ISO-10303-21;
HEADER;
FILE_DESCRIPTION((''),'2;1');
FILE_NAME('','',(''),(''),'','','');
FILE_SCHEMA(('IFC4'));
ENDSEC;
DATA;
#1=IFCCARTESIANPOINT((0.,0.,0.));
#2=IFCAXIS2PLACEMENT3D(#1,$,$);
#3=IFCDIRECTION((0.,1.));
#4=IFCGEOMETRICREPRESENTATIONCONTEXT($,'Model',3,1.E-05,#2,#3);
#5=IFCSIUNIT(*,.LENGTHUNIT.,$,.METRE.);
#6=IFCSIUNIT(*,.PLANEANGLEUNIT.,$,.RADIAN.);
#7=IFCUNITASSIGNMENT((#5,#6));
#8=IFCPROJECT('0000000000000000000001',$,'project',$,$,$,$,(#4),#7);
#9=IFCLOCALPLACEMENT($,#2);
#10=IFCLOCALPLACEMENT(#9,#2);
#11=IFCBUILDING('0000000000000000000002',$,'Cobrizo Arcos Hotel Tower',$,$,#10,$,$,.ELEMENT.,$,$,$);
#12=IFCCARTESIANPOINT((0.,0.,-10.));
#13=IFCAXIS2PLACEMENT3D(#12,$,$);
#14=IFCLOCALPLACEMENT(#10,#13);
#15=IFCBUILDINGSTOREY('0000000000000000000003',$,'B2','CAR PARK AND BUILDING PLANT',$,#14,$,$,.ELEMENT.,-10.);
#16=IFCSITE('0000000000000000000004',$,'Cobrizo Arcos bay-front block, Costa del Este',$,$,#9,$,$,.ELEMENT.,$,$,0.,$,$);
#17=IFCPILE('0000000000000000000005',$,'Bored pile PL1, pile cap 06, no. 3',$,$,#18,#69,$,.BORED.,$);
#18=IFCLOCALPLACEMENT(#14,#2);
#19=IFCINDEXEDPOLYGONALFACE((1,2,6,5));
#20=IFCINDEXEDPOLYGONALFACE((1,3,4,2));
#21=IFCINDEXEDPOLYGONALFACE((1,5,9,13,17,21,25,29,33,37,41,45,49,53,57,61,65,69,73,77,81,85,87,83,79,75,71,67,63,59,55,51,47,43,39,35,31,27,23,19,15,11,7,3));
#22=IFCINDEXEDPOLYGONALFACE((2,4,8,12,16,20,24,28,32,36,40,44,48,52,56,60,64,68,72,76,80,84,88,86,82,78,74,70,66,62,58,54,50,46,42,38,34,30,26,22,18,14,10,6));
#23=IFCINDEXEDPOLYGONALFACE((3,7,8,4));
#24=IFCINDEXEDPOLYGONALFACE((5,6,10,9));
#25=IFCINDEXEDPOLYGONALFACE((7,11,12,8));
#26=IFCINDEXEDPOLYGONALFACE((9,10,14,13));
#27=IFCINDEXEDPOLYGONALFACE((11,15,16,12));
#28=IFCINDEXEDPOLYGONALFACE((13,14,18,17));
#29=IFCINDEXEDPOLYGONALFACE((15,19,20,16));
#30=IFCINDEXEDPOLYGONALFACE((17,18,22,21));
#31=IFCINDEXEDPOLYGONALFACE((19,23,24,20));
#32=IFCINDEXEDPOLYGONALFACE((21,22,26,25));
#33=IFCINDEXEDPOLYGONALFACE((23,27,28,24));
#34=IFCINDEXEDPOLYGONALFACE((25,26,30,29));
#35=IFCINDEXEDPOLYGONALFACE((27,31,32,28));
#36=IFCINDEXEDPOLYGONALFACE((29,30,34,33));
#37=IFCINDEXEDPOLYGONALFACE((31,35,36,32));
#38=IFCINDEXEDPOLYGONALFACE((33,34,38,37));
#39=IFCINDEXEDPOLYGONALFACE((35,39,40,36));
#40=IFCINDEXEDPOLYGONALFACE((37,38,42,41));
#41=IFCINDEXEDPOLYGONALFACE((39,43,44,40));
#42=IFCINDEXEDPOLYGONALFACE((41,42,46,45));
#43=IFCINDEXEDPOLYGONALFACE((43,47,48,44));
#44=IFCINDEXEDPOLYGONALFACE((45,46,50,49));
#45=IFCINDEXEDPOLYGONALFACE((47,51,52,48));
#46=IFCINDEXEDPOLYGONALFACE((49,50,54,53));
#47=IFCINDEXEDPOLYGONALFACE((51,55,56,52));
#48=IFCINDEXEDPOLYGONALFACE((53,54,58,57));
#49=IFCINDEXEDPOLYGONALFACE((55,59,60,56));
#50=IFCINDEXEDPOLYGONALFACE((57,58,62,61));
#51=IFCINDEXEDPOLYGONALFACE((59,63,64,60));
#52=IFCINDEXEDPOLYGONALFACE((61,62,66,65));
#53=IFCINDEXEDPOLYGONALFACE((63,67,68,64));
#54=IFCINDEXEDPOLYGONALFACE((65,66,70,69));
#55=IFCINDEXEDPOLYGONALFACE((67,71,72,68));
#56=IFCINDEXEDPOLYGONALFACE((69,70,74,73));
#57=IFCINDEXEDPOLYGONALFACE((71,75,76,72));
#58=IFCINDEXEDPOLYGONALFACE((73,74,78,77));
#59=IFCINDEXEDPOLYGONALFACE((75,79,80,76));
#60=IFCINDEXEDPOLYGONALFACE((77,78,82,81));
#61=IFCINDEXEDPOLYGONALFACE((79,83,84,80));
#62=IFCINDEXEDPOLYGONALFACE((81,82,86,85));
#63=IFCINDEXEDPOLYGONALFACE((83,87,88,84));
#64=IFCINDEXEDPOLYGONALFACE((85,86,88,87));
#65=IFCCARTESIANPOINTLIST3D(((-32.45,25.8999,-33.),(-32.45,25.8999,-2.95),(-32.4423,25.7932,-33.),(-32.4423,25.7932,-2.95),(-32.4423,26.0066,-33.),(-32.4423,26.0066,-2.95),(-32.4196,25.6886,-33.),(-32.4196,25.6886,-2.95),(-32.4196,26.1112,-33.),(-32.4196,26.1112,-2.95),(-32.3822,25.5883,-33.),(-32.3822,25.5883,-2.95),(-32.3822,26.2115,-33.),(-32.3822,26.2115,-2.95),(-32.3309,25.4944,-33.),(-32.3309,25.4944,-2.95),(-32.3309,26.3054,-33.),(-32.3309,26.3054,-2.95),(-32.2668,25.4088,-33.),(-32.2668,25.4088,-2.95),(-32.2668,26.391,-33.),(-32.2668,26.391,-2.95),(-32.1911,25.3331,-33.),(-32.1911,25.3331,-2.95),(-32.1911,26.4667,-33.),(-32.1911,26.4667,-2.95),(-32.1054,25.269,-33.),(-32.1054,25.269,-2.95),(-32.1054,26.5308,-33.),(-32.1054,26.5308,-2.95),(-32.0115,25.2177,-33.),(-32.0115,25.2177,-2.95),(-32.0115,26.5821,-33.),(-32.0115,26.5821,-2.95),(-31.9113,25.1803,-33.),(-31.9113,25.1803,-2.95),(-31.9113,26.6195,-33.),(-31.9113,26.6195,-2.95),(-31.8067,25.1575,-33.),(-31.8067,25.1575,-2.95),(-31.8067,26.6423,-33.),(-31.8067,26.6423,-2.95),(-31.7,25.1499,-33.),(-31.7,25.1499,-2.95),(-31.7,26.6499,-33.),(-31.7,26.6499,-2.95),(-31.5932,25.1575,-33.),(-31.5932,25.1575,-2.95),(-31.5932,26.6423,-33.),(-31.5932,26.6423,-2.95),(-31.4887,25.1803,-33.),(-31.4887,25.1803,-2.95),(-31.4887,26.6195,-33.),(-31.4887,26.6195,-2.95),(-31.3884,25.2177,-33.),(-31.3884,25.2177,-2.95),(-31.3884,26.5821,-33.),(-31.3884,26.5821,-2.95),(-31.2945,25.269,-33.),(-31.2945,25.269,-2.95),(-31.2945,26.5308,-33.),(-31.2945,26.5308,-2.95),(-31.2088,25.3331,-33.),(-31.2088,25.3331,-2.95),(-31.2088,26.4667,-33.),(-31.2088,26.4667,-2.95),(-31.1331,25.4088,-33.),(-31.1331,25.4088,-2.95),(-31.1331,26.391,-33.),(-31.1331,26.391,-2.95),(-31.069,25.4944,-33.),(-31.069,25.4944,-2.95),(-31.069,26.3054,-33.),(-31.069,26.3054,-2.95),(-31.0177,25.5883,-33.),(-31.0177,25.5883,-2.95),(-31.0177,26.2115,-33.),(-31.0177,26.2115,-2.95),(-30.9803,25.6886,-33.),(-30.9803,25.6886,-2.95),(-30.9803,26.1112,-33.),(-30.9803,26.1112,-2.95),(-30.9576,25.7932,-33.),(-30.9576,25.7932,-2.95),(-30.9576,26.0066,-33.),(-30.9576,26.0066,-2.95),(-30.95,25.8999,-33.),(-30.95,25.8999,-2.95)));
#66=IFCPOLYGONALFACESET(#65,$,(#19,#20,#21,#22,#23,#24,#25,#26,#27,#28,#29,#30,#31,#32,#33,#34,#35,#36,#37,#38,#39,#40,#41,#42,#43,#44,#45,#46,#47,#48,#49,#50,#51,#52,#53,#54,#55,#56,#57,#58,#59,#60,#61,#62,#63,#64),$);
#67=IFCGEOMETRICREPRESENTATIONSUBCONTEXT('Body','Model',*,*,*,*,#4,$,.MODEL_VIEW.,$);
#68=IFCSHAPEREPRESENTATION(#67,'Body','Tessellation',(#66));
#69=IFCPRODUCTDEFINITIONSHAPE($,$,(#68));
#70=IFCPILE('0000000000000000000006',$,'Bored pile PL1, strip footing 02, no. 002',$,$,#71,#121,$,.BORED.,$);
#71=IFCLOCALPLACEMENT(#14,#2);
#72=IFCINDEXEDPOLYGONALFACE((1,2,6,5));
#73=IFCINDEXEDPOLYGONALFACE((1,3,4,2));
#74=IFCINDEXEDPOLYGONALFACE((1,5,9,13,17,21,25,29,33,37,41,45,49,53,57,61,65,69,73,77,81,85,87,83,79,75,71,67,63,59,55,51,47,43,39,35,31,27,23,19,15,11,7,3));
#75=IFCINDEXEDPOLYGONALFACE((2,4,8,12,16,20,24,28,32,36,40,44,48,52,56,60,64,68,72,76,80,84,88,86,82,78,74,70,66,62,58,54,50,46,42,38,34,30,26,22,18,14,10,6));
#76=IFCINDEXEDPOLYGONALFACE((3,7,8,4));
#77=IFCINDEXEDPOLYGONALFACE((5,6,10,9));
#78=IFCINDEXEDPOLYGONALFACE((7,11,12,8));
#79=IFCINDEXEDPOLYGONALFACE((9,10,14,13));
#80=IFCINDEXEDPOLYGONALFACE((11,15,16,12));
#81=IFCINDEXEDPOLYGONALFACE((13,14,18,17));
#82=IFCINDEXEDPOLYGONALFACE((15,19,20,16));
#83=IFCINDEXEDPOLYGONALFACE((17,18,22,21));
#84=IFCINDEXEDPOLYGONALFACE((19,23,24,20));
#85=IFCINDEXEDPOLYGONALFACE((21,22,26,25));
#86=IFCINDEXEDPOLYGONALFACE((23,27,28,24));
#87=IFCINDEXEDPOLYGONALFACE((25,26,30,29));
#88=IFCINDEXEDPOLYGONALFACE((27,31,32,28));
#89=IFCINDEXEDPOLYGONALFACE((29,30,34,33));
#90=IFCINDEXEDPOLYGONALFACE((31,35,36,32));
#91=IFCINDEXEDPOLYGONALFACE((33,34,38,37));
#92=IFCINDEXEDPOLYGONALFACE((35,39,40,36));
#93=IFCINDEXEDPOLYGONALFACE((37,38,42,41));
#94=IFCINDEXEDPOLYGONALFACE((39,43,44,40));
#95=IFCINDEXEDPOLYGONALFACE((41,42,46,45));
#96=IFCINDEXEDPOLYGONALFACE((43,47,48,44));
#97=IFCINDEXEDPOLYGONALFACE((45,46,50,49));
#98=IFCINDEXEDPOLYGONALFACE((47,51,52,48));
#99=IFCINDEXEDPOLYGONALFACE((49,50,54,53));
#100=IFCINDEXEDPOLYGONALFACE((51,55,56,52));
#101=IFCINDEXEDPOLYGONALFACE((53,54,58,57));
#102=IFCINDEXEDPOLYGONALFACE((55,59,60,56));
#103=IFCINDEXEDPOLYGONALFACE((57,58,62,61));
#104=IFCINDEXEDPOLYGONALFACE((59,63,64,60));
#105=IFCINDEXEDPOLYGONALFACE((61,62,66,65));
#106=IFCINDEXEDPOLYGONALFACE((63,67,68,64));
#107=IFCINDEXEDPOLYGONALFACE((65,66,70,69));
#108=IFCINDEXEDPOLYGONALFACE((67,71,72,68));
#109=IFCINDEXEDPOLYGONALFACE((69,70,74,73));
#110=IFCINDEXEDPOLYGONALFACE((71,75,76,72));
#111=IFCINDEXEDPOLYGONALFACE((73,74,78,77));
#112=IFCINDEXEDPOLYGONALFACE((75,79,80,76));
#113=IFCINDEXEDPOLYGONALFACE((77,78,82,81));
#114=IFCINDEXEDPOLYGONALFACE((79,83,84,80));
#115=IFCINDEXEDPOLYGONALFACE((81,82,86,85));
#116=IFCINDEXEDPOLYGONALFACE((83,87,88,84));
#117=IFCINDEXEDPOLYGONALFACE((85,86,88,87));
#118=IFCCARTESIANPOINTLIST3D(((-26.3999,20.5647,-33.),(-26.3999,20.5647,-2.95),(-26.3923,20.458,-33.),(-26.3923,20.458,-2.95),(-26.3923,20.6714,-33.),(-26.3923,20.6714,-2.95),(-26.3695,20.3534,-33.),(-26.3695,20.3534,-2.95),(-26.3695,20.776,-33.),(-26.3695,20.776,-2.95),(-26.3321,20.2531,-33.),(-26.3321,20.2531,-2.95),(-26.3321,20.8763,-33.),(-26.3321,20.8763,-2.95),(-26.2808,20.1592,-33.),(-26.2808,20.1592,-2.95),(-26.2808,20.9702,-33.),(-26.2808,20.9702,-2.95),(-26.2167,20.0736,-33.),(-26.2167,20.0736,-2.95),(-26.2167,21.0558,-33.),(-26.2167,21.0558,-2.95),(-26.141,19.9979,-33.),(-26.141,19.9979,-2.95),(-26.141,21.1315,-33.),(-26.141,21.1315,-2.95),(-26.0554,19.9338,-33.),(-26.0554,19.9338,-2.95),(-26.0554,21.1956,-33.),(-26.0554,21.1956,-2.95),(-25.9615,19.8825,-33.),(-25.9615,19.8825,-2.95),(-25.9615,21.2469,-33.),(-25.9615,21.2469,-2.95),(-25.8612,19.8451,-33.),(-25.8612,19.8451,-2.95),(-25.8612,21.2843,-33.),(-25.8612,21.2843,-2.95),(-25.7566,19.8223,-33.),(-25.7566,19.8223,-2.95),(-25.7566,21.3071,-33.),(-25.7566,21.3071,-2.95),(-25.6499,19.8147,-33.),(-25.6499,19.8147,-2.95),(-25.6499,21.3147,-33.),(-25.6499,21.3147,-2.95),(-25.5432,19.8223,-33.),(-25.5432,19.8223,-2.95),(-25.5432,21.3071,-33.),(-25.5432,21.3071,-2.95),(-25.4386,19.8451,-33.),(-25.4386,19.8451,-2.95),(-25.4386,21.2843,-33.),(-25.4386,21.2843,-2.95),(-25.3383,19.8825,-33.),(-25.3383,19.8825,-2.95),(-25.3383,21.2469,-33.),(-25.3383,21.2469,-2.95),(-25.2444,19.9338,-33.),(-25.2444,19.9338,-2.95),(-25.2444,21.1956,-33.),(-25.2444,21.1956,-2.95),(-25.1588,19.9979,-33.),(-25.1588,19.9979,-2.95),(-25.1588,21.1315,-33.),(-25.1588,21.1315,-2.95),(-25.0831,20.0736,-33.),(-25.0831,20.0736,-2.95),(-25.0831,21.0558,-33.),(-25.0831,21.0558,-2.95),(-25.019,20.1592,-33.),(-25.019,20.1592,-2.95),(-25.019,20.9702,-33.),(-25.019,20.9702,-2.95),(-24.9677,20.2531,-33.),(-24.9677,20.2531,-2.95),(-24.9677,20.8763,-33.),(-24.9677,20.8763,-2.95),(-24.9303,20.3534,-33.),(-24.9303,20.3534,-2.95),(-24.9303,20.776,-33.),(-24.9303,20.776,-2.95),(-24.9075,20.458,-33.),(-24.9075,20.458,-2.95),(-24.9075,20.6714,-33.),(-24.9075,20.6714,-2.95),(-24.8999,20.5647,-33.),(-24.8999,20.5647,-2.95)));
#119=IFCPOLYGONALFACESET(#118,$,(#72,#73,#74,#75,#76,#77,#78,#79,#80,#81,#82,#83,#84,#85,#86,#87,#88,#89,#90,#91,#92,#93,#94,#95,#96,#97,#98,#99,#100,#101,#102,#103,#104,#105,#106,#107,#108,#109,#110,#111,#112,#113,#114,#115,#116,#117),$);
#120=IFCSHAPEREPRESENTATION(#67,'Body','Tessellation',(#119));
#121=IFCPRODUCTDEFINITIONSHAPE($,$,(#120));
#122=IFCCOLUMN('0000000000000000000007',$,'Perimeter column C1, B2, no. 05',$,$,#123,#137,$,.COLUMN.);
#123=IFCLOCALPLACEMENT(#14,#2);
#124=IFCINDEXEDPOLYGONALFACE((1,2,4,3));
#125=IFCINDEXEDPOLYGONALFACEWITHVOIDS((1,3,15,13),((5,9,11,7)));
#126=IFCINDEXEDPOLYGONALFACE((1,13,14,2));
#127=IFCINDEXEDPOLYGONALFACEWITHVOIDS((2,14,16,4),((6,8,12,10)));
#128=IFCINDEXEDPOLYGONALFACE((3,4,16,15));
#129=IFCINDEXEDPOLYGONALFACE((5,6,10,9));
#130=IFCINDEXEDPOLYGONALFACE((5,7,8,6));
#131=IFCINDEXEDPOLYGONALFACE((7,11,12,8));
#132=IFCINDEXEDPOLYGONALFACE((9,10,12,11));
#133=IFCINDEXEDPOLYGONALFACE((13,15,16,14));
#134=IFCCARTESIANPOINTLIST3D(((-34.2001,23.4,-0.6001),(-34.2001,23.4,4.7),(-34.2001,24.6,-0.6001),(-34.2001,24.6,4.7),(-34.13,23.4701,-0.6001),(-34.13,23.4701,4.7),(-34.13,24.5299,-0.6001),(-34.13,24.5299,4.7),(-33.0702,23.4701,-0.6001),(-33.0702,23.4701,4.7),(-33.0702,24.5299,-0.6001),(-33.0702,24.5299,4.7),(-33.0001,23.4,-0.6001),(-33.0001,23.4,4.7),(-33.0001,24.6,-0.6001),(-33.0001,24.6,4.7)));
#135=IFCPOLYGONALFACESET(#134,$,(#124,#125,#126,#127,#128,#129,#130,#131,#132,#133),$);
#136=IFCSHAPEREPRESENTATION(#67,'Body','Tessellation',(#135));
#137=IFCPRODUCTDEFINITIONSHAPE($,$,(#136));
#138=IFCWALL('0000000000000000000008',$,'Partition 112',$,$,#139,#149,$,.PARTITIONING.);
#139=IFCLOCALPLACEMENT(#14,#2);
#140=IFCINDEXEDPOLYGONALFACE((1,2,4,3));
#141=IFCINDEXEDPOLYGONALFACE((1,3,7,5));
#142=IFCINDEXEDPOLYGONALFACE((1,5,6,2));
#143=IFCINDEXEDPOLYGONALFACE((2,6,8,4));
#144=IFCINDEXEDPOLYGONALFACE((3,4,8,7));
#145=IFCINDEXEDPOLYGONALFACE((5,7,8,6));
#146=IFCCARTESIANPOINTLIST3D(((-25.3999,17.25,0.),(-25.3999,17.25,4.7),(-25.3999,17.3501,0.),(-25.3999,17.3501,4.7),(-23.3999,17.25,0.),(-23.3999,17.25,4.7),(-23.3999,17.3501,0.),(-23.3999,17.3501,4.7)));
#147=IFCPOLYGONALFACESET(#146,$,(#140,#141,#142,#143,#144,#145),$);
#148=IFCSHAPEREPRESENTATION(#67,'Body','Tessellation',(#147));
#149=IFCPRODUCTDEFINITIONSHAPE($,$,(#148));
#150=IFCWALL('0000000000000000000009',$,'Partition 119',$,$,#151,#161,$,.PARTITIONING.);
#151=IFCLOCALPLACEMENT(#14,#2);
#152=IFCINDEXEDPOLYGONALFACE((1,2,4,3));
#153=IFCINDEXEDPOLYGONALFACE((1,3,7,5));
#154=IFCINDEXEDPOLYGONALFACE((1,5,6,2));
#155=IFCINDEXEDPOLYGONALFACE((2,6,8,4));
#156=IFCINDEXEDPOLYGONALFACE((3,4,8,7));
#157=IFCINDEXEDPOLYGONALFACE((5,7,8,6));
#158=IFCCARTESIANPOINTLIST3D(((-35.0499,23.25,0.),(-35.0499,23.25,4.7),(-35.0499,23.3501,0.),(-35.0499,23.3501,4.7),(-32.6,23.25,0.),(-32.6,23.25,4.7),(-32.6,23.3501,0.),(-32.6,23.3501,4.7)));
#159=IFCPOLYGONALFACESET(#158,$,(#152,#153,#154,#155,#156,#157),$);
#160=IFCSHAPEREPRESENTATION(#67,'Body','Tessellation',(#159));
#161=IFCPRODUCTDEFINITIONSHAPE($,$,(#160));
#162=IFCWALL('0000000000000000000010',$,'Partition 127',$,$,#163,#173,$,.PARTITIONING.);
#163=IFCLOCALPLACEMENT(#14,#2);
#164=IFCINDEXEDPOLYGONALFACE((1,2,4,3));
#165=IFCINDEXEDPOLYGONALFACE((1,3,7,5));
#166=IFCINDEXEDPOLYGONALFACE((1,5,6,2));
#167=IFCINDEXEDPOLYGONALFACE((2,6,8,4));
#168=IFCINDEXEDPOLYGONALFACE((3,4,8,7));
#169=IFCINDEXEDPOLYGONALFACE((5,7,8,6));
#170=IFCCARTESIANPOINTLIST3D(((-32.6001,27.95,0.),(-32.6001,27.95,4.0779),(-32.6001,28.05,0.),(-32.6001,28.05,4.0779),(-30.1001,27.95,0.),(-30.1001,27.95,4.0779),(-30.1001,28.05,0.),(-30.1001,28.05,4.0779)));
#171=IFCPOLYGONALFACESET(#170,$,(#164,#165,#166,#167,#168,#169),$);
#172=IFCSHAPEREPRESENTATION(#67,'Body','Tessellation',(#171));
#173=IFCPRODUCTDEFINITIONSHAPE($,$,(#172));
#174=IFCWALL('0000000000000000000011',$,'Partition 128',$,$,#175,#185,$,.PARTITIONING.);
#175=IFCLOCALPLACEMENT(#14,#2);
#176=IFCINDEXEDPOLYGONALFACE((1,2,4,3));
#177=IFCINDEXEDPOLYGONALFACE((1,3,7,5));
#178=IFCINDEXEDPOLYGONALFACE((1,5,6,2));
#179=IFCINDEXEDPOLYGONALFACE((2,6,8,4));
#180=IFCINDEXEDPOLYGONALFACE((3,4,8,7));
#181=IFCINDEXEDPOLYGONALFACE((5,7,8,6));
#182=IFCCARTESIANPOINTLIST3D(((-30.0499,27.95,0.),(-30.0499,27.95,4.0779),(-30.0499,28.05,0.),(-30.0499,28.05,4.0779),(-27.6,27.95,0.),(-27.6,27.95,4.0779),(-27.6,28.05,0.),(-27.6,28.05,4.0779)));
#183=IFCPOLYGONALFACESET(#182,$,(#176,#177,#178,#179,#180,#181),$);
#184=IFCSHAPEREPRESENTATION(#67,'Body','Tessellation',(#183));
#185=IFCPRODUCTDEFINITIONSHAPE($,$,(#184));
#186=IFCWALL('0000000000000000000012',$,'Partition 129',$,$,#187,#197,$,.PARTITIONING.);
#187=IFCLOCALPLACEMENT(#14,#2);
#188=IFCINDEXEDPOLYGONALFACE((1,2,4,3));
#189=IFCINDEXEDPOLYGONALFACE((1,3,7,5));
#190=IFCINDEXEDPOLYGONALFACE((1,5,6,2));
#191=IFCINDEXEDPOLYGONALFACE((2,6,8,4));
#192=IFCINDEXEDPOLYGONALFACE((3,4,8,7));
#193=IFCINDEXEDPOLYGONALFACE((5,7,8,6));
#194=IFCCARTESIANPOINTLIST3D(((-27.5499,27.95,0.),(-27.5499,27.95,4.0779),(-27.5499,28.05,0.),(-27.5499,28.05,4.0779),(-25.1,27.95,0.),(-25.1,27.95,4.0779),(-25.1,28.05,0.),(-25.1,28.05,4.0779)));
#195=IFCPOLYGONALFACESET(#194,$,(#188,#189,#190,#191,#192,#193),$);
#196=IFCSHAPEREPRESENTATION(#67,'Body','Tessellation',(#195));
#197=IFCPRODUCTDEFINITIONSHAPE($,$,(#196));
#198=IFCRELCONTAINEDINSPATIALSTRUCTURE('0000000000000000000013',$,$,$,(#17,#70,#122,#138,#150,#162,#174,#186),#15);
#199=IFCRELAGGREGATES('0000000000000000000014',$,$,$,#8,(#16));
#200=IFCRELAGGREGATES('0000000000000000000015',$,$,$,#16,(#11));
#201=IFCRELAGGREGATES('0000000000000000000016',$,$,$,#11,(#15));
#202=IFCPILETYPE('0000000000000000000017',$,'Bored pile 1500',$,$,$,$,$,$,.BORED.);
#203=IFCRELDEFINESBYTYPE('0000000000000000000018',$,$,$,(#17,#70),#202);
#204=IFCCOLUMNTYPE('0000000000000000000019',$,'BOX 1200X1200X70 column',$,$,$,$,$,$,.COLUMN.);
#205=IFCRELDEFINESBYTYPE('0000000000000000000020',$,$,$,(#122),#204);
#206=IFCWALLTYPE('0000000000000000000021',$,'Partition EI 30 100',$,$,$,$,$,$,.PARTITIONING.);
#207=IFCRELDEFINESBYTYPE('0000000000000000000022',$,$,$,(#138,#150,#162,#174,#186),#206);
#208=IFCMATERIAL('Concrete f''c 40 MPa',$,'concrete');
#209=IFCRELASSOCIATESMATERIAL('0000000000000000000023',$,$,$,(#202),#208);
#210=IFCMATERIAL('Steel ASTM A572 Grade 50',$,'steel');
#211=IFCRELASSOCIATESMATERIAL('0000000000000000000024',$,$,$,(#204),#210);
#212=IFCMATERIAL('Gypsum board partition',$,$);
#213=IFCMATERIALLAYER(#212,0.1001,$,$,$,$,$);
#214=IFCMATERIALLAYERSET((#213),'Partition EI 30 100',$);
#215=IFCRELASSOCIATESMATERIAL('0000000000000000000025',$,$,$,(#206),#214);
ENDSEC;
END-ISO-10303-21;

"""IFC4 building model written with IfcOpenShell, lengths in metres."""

from ifc_helpers import new_model, si_unit, direction, frame, frame_2d, origin, origin_2d, place, context, subcontext, project, spatial, rectangle, hollow_rectangle, circle, extrude, material, layer, layer_set, material_profile, profile_set, type_object, element, save


model = new_model("IFC4")

# Units and contexts
model_context = context("Model", 3, precision=1e-05, world=origin(), true_north=direction((0.0, 1.0)))
body_context = subcontext(model_context, "Body", "Model", "MODEL_VIEW")
ifc_project = project(units=[si_unit("LENGTHUNIT", "METRE"), si_unit("PLANEANGLEUNIT", "RADIAN")], contexts=[model_context])

# Site, building, storey
site_placement = place(None, origin())
site = spatial("IfcSite", under=ifc_project, at=site_placement, Name="Cobrizo Arcos bay-front block, Costa del Este", CompositionType="ELEMENT", RefElevation=0.0)
building_placement = place(site_placement, origin())
building = spatial("IfcBuilding", under=site, at=building_placement, Name="Cobrizo Arcos Hotel Tower", CompositionType="ELEMENT")
storey_placement = place(building_placement, frame((0.0, 0.0, -10.0)))
storey = spatial("IfcBuildingStorey", under=building, at=storey_placement, Name="B2", Description="CAR PARK AND BUILDING PLANT", CompositionType="ELEMENT", Elevation=-10.0)

# Piles
ifc_material_1 = material(Name="Concrete f'c 40 MPa", Category="concrete")
ifc_material_profile_1 = material_profile(ifc_material_1, circle(Radius=0.75, at=origin_2d()), Name="BORED PILE 1500")
ifc_profile_set_1 = profile_set([ifc_material_profile_1], Name="Concrete f'c 40 MPa")
pile_type = type_object("IfcPileType", Name="Bored pile 1500", PredefinedType="BORED", material=ifc_profile_set_1)
for number, where, z_axis, x_axis, name in (
    (1, (-31.7, 25.8999, -2.95), (0.0, 0.0, -1.0), (1.0, 0.0, 0.0), "Bored pile PL1, pile cap 06, no. 3"),
    (2, (-25.6499, 20.5647, -2.95), (0.0, 0.0, -1.0), (1.0, 0.0, 0.0), "Bored pile PL1, strip footing 02, no. 002"),
):
    element("IfcPile", number, at=place(storey_placement, frame(where, z_axis=z_axis, x_axis=x_axis)), inside=storey, type_object=pile_type, Name=name, PredefinedType="BORED", context=body_context, shape_type="SweptSolid", body=[
        extrude(circle(Radius=0.75, at=origin_2d()), origin(), (0.0, 0.0, 1.0), 30.05),
    ])

# Column
ifc_material_2 = material(Name="Steel ASTM A572 Grade 50", Category="steel")
ifc_material_profile_2 = material_profile(ifc_material_2, hollow_rectangle(XDim=1.2, YDim=1.2, WallThickness=0.0701, at=origin_2d()), Name="BOX 1200X1200X70")
ifc_profile_set_2 = profile_set([ifc_material_profile_2], Name="Steel ASTM A572 Grade 50")
column_type = type_object("IfcColumnType", Name="BOX 1200X1200X70 column", PredefinedType="COLUMN", material=ifc_profile_set_2)
column_placement = place(storey_placement, frame((-33.6001, 24.0, -0.6001), z_axis=(0.0, 0.0, 1.0), x_axis=(1.0, 0.0, 0.0)))
element("IfcColumn", 3, at=column_placement, inside=storey, type_object=column_type, Name="Perimeter column C1, B2, no. 05", PredefinedType="COLUMN", context=body_context, shape_type="SweptSolid", body=[
    extrude(hollow_rectangle(XDim=1.2, YDim=1.2, WallThickness=0.0701, at=origin_2d()), origin(), (0.0, 0.0, 1.0), 5.3),
])

# Walls
ifc_material_3 = material(Name="Gypsum board partition")
ifc_layer_1 = layer(ifc_material_3, 0.1001)
ifc_layer_set_1 = layer_set([ifc_layer_1], Name="Partition EI 30 100")
wall_type_1 = type_object("IfcWallType", Name="Partition EI 30 100", PredefinedType="PARTITIONING", material=ifc_layer_set_1)
wall_1_placement = place(storey_placement, frame((-25.3999, 17.3, 0.0), z_axis=(0.0, 0.0, 1.0), x_axis=(1.0, 0.0, 0.0)))
element("IfcWall", 4, at=wall_1_placement, inside=storey, type_object=wall_type_1, Name="Partition 112", PredefinedType="PARTITIONING", context=body_context, shape_type="SweptSolid", body=[
    extrude(rectangle(XDim=2.0, YDim=0.1001, at=frame_2d((1.0, 0.0))), origin(), (0.0, 0.0, 1.0), 4.7),
])
wall_2_placement = place(storey_placement, frame((-35.05, 23.3, 0.0), z_axis=(0.0, 0.0, 1.0), x_axis=(1.0, 0.0, 0.0)))
element("IfcWall", 5, at=wall_2_placement, inside=storey, type_object=wall_type_1, Name="Partition 119", PredefinedType="PARTITIONING", context=body_context, shape_type="SweptSolid", body=[
    extrude(rectangle(XDim=2.45, YDim=0.1001, at=frame_2d((1.2251, 0.0))), origin(), (0.0, 0.0, 1.0), 4.7),
])
wall_3_placement = place(storey_placement, frame((-32.6001, 28.0, 0.0), z_axis=(0.0, 0.0, 1.0), x_axis=(1.0, 0.0, 0.0)))
element("IfcWall", 6, at=wall_3_placement, inside=storey, type_object=wall_type_1, Name="Partition 127", PredefinedType="PARTITIONING", context=body_context, shape_type="SweptSolid", body=[
    extrude(rectangle(XDim=2.5, YDim=0.1001, at=frame_2d((1.25, 0.0))), origin(), (0.0, 0.0, 1.0), 4.0779),
])
for number, where, z_axis, x_axis, name in (
    (7, (-30.05, 28.0, 0.0), (0.0, 0.0, 1.0), (1.0, 0.0, 0.0), "Partition 128"),
    (8, (-27.55, 28.0, 0.0), (0.0, 0.0, 1.0), (1.0, 0.0, 0.0), "Partition 129"),
):
    element("IfcWall", number, at=place(storey_placement, frame(where, z_axis=z_axis, x_axis=x_axis)), inside=storey, type_object=wall_type_1, Name=name, PredefinedType="PARTITIONING", context=body_context, shape_type="SweptSolid", body=[
        extrude(rectangle(XDim=2.45, YDim=0.1001, at=frame_2d((1.2251, 0.0))), origin(), (0.0, 0.0, 1.0), 4.0779),
    ])

save(model, "model.ifc")
